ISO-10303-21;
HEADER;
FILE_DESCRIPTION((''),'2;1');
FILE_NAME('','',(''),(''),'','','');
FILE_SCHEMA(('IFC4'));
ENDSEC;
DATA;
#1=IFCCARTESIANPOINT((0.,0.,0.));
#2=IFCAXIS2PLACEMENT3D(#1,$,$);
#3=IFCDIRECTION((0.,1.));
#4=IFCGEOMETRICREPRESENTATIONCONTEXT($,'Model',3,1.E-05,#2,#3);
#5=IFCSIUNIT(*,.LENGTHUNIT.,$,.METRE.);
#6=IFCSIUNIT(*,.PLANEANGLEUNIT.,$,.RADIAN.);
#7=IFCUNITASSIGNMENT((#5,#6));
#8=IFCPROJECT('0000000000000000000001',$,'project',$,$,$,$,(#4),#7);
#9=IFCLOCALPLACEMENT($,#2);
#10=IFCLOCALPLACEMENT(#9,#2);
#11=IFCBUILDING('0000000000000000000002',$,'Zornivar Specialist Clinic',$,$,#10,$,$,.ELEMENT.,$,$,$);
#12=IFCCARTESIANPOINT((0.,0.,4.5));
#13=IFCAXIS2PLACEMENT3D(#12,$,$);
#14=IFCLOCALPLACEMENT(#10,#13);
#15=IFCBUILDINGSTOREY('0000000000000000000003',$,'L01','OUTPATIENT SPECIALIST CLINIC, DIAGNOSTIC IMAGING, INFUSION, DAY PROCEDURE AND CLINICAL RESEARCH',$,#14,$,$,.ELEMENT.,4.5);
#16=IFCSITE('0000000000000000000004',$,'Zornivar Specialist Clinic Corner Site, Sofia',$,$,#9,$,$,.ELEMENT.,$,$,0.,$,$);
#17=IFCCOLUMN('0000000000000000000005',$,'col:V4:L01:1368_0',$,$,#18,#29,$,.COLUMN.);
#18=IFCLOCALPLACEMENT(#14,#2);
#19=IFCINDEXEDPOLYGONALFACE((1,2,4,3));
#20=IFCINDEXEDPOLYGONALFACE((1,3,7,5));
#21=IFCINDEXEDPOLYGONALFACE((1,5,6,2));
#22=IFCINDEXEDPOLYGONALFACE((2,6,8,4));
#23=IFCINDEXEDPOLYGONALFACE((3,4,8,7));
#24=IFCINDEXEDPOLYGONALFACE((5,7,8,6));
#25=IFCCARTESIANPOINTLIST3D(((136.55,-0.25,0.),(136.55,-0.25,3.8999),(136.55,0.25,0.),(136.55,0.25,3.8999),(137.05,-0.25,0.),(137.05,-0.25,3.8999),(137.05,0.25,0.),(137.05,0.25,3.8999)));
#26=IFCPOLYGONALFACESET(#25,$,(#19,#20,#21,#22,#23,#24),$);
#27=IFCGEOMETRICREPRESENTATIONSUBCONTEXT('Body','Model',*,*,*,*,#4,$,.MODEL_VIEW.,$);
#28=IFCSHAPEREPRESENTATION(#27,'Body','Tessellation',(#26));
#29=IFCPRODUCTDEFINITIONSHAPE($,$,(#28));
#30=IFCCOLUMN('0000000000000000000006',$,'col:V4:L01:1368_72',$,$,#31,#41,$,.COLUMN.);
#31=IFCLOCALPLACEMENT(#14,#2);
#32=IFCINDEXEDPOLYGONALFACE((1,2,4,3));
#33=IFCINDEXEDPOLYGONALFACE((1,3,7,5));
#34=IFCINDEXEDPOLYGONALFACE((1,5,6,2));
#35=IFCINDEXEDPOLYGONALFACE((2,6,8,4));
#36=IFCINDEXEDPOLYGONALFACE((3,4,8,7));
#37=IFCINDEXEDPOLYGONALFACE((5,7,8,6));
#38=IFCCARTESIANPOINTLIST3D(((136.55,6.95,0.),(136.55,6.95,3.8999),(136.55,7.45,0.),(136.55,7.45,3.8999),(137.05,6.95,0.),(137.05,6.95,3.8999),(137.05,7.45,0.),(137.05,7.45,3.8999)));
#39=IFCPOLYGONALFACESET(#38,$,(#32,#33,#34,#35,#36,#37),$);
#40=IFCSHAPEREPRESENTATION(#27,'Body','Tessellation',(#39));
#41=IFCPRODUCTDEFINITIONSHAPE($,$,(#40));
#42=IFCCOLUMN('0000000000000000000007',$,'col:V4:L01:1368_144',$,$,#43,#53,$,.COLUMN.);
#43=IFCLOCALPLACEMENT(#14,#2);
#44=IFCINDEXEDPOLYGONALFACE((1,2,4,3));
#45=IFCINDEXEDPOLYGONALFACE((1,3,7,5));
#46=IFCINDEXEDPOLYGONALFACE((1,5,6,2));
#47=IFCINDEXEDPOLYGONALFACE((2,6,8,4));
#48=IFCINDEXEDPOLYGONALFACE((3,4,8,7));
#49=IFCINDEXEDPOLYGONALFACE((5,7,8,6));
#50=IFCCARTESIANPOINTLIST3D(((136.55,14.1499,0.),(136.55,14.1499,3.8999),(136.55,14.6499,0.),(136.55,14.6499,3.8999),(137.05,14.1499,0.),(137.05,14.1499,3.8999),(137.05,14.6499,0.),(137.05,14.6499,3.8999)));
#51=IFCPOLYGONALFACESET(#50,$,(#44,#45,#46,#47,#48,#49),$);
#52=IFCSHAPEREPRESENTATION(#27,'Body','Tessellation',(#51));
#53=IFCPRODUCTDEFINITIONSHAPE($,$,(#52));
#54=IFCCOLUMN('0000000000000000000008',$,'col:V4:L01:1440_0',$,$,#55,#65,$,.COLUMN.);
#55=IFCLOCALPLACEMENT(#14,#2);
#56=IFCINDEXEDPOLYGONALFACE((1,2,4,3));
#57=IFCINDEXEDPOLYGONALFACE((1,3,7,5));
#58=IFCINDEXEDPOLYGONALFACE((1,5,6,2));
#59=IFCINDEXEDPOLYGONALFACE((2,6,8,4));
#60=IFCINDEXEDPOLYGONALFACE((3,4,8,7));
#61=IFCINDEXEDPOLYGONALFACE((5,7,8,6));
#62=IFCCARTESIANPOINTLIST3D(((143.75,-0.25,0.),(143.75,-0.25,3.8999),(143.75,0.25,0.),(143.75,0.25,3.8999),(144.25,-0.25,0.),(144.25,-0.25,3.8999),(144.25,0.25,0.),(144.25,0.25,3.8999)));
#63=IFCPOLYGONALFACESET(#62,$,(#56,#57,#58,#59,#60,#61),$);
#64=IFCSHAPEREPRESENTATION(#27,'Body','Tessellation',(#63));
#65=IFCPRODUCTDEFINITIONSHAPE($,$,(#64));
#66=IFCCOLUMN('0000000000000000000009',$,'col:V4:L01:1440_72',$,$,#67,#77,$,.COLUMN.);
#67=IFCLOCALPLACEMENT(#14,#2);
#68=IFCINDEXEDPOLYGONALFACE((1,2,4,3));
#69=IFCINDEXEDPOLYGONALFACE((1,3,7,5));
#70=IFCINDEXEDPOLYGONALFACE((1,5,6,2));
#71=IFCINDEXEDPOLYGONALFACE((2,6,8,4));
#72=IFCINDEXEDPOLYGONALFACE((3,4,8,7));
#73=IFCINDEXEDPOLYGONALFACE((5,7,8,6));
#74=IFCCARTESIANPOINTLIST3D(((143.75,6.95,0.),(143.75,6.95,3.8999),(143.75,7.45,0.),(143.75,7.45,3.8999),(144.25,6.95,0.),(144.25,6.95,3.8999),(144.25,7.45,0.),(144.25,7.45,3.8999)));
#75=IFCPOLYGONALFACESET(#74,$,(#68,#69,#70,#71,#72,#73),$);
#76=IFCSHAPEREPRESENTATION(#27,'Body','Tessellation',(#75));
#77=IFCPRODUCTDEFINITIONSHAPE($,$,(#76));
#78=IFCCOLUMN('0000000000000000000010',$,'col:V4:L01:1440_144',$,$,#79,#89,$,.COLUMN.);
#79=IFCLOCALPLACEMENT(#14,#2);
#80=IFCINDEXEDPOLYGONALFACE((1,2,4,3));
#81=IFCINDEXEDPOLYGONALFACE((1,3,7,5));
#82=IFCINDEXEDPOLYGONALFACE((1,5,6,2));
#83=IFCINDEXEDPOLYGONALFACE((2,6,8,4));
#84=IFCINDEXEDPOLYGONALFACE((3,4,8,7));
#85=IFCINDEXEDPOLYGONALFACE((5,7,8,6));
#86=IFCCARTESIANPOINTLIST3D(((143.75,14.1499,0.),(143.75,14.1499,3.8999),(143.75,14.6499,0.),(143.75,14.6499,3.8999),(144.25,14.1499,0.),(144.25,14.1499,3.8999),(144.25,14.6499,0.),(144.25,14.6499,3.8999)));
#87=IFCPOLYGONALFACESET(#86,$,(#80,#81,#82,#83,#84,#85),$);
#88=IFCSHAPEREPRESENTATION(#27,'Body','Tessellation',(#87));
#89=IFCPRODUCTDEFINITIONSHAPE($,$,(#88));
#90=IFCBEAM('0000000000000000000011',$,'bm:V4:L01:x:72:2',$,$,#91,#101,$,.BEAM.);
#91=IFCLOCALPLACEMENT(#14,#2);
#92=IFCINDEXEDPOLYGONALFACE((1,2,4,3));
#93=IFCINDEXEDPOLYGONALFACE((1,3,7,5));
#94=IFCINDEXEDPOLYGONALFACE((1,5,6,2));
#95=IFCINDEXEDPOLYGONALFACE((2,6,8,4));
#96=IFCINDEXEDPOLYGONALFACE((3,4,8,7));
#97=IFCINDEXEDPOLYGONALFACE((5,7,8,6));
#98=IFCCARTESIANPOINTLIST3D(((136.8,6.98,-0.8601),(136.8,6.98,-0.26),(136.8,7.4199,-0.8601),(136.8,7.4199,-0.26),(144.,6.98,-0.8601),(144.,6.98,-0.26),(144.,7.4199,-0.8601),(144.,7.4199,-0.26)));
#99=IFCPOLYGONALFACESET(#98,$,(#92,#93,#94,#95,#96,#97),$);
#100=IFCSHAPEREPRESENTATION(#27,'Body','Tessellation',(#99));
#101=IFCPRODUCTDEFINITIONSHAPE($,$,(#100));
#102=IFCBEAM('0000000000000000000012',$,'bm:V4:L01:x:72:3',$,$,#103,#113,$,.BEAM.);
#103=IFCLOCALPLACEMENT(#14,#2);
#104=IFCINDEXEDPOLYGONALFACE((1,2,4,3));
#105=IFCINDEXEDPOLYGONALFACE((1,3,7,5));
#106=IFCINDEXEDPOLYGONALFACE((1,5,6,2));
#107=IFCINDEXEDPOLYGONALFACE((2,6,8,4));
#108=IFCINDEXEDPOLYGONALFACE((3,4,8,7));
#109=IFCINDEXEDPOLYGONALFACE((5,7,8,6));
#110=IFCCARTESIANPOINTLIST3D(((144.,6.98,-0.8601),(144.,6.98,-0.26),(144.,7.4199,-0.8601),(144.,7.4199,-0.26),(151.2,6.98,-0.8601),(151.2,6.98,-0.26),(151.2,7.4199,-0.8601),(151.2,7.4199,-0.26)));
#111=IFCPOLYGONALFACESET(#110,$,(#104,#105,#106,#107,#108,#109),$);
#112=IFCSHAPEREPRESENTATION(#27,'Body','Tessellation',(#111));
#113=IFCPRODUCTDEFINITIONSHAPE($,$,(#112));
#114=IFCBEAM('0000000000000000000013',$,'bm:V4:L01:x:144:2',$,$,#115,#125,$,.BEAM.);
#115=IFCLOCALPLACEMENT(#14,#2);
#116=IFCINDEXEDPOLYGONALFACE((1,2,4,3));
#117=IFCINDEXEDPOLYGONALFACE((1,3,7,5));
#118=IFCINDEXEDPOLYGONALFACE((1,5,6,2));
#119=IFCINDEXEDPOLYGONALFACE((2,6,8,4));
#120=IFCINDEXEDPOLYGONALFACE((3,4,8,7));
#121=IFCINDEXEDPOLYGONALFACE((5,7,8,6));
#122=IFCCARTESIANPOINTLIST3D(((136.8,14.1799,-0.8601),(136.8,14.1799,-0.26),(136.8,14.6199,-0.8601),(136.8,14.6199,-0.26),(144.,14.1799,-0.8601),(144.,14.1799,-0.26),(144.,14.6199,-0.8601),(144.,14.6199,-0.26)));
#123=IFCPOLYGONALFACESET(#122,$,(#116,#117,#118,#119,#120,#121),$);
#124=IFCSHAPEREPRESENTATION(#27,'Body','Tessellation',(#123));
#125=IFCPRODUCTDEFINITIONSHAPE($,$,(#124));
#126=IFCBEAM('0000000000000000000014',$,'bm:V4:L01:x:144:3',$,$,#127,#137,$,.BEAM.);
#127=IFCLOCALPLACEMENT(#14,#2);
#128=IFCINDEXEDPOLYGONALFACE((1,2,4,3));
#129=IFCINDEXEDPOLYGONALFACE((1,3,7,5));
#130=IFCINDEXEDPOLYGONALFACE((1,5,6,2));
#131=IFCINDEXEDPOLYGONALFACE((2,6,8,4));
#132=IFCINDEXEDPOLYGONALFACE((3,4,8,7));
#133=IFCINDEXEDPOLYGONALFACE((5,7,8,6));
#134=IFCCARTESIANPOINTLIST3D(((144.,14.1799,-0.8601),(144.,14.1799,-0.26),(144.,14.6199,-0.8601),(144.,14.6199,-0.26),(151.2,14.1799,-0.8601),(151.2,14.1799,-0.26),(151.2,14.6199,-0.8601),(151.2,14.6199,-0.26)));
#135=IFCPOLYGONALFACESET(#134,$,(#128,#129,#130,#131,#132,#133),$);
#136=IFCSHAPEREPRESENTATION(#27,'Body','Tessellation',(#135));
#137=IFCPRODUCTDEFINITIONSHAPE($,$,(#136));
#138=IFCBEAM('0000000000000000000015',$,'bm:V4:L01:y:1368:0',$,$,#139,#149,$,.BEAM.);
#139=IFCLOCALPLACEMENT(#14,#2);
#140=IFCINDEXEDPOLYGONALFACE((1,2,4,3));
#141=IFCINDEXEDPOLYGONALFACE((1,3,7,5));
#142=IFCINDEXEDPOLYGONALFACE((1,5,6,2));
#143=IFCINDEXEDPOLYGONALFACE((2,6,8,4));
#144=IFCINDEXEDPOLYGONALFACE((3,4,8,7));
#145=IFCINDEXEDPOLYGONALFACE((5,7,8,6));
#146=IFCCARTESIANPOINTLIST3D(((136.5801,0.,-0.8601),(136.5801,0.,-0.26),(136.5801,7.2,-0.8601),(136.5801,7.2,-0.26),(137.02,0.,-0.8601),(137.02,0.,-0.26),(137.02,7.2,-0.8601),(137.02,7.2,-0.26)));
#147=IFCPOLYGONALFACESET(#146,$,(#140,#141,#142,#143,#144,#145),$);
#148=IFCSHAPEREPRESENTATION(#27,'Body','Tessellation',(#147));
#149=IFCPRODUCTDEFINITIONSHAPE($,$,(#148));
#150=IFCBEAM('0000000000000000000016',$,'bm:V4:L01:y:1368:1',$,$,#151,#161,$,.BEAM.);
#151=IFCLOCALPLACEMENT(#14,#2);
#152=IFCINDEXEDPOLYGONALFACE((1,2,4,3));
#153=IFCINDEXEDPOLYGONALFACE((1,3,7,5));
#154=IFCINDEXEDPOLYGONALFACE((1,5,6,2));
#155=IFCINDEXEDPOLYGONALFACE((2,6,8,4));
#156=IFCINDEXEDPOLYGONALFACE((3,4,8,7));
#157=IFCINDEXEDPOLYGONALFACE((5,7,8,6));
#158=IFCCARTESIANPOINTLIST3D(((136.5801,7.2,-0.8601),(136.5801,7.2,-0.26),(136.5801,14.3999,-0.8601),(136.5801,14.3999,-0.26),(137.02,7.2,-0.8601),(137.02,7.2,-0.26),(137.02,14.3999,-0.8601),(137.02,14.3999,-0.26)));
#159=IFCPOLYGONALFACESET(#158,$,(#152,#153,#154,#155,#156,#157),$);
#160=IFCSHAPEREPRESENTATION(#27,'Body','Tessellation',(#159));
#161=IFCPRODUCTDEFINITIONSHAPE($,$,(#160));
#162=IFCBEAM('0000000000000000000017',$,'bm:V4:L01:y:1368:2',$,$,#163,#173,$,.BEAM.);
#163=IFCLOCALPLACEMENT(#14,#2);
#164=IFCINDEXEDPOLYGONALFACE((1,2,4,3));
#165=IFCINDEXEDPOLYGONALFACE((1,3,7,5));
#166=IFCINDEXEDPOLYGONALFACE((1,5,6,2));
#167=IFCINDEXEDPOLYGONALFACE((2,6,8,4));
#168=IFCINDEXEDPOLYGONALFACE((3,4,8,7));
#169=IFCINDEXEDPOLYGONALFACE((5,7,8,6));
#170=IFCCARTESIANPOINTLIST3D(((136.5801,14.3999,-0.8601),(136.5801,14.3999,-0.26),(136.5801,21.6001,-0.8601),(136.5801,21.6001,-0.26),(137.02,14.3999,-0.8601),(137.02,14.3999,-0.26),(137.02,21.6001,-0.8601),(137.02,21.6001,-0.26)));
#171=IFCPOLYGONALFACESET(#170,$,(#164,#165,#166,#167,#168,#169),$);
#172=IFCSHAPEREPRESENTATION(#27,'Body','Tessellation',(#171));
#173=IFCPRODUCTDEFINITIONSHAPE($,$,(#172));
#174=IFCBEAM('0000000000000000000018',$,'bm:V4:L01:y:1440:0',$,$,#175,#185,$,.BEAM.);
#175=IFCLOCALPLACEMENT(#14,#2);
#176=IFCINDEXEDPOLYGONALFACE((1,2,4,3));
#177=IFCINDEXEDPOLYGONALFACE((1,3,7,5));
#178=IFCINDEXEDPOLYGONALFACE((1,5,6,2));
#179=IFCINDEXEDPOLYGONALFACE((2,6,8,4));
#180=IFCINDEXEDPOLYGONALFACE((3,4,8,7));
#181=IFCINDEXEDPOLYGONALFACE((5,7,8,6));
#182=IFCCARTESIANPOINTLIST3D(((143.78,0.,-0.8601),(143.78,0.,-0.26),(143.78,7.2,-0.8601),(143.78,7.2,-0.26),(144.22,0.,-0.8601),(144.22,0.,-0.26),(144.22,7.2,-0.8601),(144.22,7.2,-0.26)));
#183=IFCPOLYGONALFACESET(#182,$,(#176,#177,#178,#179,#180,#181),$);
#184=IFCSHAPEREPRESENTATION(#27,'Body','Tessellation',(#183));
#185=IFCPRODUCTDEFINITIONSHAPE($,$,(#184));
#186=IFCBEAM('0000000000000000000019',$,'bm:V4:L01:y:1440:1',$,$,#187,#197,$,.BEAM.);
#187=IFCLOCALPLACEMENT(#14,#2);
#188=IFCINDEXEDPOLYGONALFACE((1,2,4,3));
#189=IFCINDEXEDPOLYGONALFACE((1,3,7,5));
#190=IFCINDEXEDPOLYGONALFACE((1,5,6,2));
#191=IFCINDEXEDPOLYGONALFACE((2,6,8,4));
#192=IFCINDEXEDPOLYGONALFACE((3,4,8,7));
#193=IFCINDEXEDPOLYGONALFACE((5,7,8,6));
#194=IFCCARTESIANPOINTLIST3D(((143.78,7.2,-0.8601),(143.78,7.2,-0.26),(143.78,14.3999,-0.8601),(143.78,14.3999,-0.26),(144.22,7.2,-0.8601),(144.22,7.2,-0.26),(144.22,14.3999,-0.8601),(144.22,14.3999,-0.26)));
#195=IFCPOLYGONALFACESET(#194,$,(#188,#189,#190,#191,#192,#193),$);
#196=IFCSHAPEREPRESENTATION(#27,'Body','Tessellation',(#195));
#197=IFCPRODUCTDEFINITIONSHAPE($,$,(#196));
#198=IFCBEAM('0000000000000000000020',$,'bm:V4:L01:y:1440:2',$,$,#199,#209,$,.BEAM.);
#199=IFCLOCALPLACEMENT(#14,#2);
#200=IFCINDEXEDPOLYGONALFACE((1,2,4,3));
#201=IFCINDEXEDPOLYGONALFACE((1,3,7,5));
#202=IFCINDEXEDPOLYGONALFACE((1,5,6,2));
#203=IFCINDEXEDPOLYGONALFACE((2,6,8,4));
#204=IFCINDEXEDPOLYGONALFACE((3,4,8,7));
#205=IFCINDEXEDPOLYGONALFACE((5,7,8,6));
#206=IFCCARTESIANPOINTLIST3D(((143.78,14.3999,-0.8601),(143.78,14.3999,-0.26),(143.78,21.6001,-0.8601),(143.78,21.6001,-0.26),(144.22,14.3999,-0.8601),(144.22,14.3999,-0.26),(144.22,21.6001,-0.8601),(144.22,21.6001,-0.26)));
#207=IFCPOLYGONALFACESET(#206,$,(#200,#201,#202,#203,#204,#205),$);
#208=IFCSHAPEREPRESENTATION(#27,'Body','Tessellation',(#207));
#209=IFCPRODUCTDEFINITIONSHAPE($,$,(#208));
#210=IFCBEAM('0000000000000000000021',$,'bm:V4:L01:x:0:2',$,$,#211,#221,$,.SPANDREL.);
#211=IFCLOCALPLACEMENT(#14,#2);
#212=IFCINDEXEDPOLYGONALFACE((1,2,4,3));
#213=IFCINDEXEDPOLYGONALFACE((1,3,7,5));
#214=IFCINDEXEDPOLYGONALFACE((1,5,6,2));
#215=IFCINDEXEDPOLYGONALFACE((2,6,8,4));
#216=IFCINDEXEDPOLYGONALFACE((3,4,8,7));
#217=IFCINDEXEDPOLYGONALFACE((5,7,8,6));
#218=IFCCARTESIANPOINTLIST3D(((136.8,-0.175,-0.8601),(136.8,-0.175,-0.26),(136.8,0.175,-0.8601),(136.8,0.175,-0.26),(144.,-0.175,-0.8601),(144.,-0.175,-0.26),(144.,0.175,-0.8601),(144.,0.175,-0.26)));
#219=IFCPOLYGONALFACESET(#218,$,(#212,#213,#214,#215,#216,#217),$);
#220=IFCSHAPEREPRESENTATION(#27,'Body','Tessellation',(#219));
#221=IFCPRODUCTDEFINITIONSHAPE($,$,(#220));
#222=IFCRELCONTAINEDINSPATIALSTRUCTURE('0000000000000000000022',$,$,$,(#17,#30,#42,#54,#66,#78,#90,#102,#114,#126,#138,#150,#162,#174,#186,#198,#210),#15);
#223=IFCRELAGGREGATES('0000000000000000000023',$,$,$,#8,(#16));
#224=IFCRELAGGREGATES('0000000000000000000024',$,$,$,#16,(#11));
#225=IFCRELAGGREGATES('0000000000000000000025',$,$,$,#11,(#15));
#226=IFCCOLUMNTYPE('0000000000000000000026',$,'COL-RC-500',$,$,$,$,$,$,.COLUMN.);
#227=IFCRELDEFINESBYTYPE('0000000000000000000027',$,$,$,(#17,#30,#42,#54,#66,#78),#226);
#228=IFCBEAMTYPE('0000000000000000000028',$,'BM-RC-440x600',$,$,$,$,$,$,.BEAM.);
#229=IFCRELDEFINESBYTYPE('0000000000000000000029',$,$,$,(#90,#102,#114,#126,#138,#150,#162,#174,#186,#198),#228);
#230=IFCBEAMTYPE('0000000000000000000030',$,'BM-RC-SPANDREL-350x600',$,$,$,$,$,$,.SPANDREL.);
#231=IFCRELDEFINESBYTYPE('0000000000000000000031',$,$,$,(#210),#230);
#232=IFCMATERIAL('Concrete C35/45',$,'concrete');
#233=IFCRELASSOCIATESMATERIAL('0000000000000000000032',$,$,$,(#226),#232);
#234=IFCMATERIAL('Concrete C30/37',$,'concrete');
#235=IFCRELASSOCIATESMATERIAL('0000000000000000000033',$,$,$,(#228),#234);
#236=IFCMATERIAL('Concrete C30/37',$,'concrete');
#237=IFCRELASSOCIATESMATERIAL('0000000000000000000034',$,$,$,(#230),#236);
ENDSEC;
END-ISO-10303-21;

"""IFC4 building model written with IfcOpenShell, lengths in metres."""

from ifc_helpers import new_model, si_unit, direction, frame, origin, origin_2d, place, context, subcontext, project, spatial, rectangle, extrude, material, material_profile, profile_set, type_object, element, save


model = new_model("IFC4")

# Units and contexts
model_context = context("Model", 3, precision=1e-05, world=origin(), true_north=direction((0.0, 1.0)))
body_context = subcontext(model_context, "Body", "Model", "MODEL_VIEW")
ifc_project = project(units=[si_unit("LENGTHUNIT", "METRE"), si_unit("PLANEANGLEUNIT", "RADIAN")], contexts=[model_context])

# Site, building, storey
site_placement = place(None, origin())
site = spatial("IfcSite", under=ifc_project, at=site_placement, Name="Zornivar Specialist Clinic Corner Site, Sofia", CompositionType="ELEMENT", RefElevation=0.0)
building_placement = place(site_placement, origin())
building = spatial("IfcBuilding", under=site, at=building_placement, Name="Zornivar Specialist Clinic", CompositionType="ELEMENT")
storey_placement = place(building_placement, frame((0.0, 0.0, 4.5)))
storey = spatial("IfcBuildingStorey", under=building, at=storey_placement, Name="L01", Description="OUTPATIENT SPECIALIST CLINIC, DIAGNOSTIC IMAGING, INFUSION, DAY PROCEDURE AND CLINICAL RESEARCH", CompositionType="ELEMENT", Elevation=4.5)

# Columns
ifc_material_1 = material(Name="Concrete C35/45", Category="concrete")
ifc_material_profile_1 = material_profile(ifc_material_1, rectangle(XDim=0.5, YDim=0.5, at=origin_2d()), Name="RC 500x500")
ifc_profile_set_1 = profile_set([ifc_material_profile_1], Name="Concrete C35/45")
column_type = type_object("IfcColumnType", Name="COL-RC-500", PredefinedType="COLUMN", material=ifc_profile_set_1)
for number, where, z_axis, x_axis, name in (
    (1, (136.8, 0.0, 0.0), (0.0, 0.0, 1.0), (1.0, 0.0, 0.0), "col:V4:L01:1368_0"),
    (2, (136.8, 7.2, 0.0), (0.0, 0.0, 1.0), (1.0, 0.0, 0.0), "col:V4:L01:1368_72"),
    (3, (136.8, 14.3999, 0.0), (0.0, 0.0, 1.0), (1.0, 0.0, 0.0), "col:V4:L01:1368_144"),
    (4, (144.0, 0.0, 0.0), (0.0, 0.0, 1.0), (1.0, 0.0, 0.0), "col:V4:L01:1440_0"),
    (5, (144.0, 7.2, 0.0), (0.0, 0.0, 1.0), (1.0, 0.0, 0.0), "col:V4:L01:1440_72"),
    (6, (144.0, 14.3999, 0.0), (0.0, 0.0, 1.0), (1.0, 0.0, 0.0), "col:V4:L01:1440_144"),
):
    element("IfcColumn", number, at=place(storey_placement, frame(where, z_axis=z_axis, x_axis=x_axis)), inside=storey, type_object=column_type, Name=name, PredefinedType="COLUMN", context=body_context, shape_type="SweptSolid", body=[
        extrude(rectangle(XDim=0.5, YDim=0.5, at=origin_2d()), origin(), (0.0, 0.0, 1.0), 3.8999),
    ])

# Beams
ifc_material_2 = material(Name="Concrete C30/37", Category="concrete")
ifc_material_profile_2 = material_profile(ifc_material_2, rectangle(XDim=0.4399, YDim=0.6001, at=origin_2d()), Name="RC 440x600")
ifc_profile_set_2 = profile_set([ifc_material_profile_2], Name="Concrete C30/37")
beam_type_1 = type_object("IfcBeamType", Name="BM-RC-440x600", PredefinedType="BEAM", material=ifc_profile_set_2)
for number, where, z_axis, x_axis, name in (
    (7, (136.8, 7.2, -0.5601), (1.0, 0.0, 0.0), (0.0, 1.0, 0.0), "bm:V4:L01:x:72:2"),
    (8, (144.0, 7.2, -0.5601), (1.0, 0.0, 0.0), (0.0, 1.0, 0.0), "bm:V4:L01:x:72:3"),
    (9, (136.8, 14.3999, -0.5601), (1.0, 0.0, 0.0), (0.0, 1.0, 0.0), "bm:V4:L01:x:144:2"),
    (10, (144.0, 14.3999, -0.5601), (1.0, 0.0, 0.0), (0.0, 1.0, 0.0), "bm:V4:L01:x:144:3"),
    (11, (136.8, 0.0, -0.5601), (0.0, 1.0, 0.0), (-1.0, 0.0, 0.0), "bm:V4:L01:y:1368:0"),
    (12, (136.8, 7.2, -0.5601), (0.0, 1.0, 0.0), (-1.0, 0.0, 0.0), "bm:V4:L01:y:1368:1"),
):
    element("IfcBeam", number, at=place(storey_placement, frame(where, z_axis=z_axis, x_axis=x_axis)), inside=storey, type_object=beam_type_1, Name=name, PredefinedType="BEAM", context=body_context, shape_type="SweptSolid", body=[
        extrude(rectangle(XDim=0.4399, YDim=0.6001, at=origin_2d()), origin(), (0.0, 0.0, 1.0), 7.2),
    ])
beam_1_placement = place(storey_placement, frame((136.8, 14.3999, -0.5601), z_axis=(0.0, 1.0, 0.0), x_axis=(-1.0, 0.0, 0.0)))
element("IfcBeam", 13, at=beam_1_placement, inside=storey, type_object=beam_type_1, Name="bm:V4:L01:y:1368:2", PredefinedType="BEAM", context=body_context, shape_type="SweptSolid", body=[
    extrude(rectangle(XDim=0.4399, YDim=0.6001, at=origin_2d()), origin(), (0.0, 0.0, 1.0), 7.2002),
])
for number, where, z_axis, x_axis, name in (
    (14, (144.0, 0.0, -0.5601), (0.0, 1.0, 0.0), (-1.0, 0.0, 0.0), "bm:V4:L01:y:1440:0"),
    (15, (144.0, 7.2, -0.5601), (0.0, 1.0, 0.0), (-1.0, 0.0, 0.0), "bm:V4:L01:y:1440:1"),
):
    element("IfcBeam", number, at=place(storey_placement, frame(where, z_axis=z_axis, x_axis=x_axis)), inside=storey, type_object=beam_type_1, Name=name, PredefinedType="BEAM", context=body_context, shape_type="SweptSolid", body=[
        extrude(rectangle(XDim=0.4399, YDim=0.6001, at=origin_2d()), origin(), (0.0, 0.0, 1.0), 7.2),
    ])
beam_2_placement = place(storey_placement, frame((144.0, 14.3999, -0.5601), z_axis=(0.0, 1.0, 0.0), x_axis=(-1.0, 0.0, 0.0)))
element("IfcBeam", 16, at=beam_2_placement, inside=storey, type_object=beam_type_1, Name="bm:V4:L01:y:1440:2", PredefinedType="BEAM", context=body_context, shape_type="SweptSolid", body=[
    extrude(rectangle(XDim=0.4399, YDim=0.6001, at=origin_2d()), origin(), (0.0, 0.0, 1.0), 7.2002),
])
ifc_material_3 = material(Name="Concrete C30/37", Category="concrete")
ifc_material_profile_3 = material_profile(ifc_material_3, rectangle(XDim=0.3501, YDim=0.6001, at=origin_2d()), Name="RC 350x600")
ifc_profile_set_3 = profile_set([ifc_material_profile_3], Name="Concrete C30/37")
beam_type_2 = type_object("IfcBeamType", Name="BM-RC-SPANDREL-350x600", PredefinedType="SPANDREL", material=ifc_profile_set_3)
for number, where, z_axis, x_axis, name in (
    (17, (136.8, 0.0, -0.5601), (1.0, 0.0, 0.0), (0.0, 1.0, 0.0), "bm:V4:L01:x:0:2"),
):
    element("IfcBeam", number, at=place(storey_placement, frame(where, z_axis=z_axis, x_axis=x_axis)), inside=storey, type_object=beam_type_2, Name=name, PredefinedType="SPANDREL", context=body_context, shape_type="SweptSolid", body=[
        extrude(rectangle(XDim=0.3501, YDim=0.6001, at=origin_2d()), origin(), (0.0, 0.0, 1.0), 7.2),
    ])

save(model, "model.ifc")
